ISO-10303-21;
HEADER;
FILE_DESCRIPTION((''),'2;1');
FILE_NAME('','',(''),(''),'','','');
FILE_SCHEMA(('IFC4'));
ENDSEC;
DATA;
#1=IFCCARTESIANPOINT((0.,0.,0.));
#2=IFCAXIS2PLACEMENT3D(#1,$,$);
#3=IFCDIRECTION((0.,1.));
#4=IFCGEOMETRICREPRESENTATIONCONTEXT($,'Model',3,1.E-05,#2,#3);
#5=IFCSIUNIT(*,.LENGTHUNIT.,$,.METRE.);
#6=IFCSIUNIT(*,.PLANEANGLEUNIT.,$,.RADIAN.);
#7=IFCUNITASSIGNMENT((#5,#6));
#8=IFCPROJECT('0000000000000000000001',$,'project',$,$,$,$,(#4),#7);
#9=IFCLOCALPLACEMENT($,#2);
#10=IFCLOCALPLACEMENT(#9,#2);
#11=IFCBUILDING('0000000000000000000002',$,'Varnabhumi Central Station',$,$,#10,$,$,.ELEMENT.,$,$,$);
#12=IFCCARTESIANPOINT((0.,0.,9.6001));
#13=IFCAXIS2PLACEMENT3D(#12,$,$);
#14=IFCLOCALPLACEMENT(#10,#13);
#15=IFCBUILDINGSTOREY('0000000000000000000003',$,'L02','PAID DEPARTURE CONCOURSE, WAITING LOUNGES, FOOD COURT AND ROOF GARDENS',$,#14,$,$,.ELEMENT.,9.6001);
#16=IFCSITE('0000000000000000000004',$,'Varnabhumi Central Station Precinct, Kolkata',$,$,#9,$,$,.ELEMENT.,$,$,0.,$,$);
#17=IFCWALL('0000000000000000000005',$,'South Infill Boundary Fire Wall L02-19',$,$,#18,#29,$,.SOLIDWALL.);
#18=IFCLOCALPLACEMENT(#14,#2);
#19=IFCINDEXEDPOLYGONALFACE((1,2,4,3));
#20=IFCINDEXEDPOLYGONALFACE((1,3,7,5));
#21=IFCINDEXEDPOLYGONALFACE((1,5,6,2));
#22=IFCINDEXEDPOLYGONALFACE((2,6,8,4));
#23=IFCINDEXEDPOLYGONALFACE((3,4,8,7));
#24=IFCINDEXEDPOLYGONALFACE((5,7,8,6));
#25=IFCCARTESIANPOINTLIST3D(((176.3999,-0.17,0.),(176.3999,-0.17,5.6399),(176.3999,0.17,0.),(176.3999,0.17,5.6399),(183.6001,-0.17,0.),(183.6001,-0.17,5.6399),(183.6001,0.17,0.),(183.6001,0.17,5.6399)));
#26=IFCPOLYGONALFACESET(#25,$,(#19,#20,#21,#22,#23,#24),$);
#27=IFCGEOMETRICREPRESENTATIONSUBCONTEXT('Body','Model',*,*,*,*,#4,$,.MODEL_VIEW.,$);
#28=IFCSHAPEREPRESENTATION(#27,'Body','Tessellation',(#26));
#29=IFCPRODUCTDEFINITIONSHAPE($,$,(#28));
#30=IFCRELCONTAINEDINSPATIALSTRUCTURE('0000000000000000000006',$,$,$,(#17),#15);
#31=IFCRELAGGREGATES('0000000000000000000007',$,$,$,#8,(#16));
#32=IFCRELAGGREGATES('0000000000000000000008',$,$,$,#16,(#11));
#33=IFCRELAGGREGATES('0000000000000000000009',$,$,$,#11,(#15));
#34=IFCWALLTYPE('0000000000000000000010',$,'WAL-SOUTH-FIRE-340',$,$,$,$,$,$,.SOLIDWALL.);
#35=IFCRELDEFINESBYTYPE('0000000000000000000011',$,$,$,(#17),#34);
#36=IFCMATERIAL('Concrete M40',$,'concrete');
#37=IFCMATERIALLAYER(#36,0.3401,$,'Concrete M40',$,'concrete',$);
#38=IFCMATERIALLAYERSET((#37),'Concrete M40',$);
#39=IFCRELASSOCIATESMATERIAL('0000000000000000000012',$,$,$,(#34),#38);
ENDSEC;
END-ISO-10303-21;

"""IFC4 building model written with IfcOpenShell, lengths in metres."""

from ifc_helpers import new_model, si_unit, direction, frame, frame_2d, origin, place, context, subcontext, project, spatial, rectangle, extrude, material, layer, layer_set, type_object, element, save


model = new_model("IFC4")

# Units and contexts
model_context = context("Model", 3, precision=1e-05, world=origin(), true_north=direction((0.0, 1.0)))
body_context = subcontext(model_context, "Body", "Model", "MODEL_VIEW")
ifc_project = project(units=[si_unit("LENGTHUNIT", "METRE"), si_unit("PLANEANGLEUNIT", "RADIAN")], contexts=[model_context])

# Site, building, storey
site_placement = place(None, origin())
site = spatial("IfcSite", under=ifc_project, at=site_placement, Name="Varnabhumi Central Station Precinct, Kolkata", CompositionType="ELEMENT", RefElevation=0.0)
building_placement = place(site_placement, origin())
building = spatial("IfcBuilding", under=site, at=building_placement, Name="Varnabhumi Central Station", CompositionType="ELEMENT")
storey_placement = place(building_placement, frame((0.0, 0.0, 9.6001)))
storey = spatial("IfcBuildingStorey", under=building, at=storey_placement, Name="L02", Description="PAID DEPARTURE CONCOURSE, WAITING LOUNGES, FOOD COURT AND ROOF GARDENS", CompositionType="ELEMENT", Elevation=9.6001)

# Shared definitions
ifc_material_1 = material(Name="Concrete M40", Category="concrete")

# Wall
ifc_layer_1 = layer(ifc_material_1, 0.3401, Name="Concrete M40", Category="concrete")
ifc_layer_set_1 = layer_set([ifc_layer_1], Name="Concrete M40")
wall_type_1 = type_object("IfcWallType", Name="WAL-SOUTH-FIRE-340", PredefinedType="SOLIDWALL", material=ifc_layer_set_1)
wall_1_placement = place(storey_placement, frame((176.3999, 0.0, 0.0), z_axis=(0.0, 0.0, 1.0), x_axis=(1.0, 0.0, 0.0)))
element("IfcWall", 1, at=wall_1_placement, inside=storey, type_object=wall_type_1, Name="South Infill Boundary Fire Wall L02-19", PredefinedType="SOLIDWALL", context=body_context, shape_type="SweptSolid", body=[
    extrude(rectangle(XDim=7.2002, YDim=0.3401, at=frame_2d((3.6001, 0.0))), origin(), (0.0, 0.0, 1.0), 5.6399),
])

save(model, "model.ifc")
